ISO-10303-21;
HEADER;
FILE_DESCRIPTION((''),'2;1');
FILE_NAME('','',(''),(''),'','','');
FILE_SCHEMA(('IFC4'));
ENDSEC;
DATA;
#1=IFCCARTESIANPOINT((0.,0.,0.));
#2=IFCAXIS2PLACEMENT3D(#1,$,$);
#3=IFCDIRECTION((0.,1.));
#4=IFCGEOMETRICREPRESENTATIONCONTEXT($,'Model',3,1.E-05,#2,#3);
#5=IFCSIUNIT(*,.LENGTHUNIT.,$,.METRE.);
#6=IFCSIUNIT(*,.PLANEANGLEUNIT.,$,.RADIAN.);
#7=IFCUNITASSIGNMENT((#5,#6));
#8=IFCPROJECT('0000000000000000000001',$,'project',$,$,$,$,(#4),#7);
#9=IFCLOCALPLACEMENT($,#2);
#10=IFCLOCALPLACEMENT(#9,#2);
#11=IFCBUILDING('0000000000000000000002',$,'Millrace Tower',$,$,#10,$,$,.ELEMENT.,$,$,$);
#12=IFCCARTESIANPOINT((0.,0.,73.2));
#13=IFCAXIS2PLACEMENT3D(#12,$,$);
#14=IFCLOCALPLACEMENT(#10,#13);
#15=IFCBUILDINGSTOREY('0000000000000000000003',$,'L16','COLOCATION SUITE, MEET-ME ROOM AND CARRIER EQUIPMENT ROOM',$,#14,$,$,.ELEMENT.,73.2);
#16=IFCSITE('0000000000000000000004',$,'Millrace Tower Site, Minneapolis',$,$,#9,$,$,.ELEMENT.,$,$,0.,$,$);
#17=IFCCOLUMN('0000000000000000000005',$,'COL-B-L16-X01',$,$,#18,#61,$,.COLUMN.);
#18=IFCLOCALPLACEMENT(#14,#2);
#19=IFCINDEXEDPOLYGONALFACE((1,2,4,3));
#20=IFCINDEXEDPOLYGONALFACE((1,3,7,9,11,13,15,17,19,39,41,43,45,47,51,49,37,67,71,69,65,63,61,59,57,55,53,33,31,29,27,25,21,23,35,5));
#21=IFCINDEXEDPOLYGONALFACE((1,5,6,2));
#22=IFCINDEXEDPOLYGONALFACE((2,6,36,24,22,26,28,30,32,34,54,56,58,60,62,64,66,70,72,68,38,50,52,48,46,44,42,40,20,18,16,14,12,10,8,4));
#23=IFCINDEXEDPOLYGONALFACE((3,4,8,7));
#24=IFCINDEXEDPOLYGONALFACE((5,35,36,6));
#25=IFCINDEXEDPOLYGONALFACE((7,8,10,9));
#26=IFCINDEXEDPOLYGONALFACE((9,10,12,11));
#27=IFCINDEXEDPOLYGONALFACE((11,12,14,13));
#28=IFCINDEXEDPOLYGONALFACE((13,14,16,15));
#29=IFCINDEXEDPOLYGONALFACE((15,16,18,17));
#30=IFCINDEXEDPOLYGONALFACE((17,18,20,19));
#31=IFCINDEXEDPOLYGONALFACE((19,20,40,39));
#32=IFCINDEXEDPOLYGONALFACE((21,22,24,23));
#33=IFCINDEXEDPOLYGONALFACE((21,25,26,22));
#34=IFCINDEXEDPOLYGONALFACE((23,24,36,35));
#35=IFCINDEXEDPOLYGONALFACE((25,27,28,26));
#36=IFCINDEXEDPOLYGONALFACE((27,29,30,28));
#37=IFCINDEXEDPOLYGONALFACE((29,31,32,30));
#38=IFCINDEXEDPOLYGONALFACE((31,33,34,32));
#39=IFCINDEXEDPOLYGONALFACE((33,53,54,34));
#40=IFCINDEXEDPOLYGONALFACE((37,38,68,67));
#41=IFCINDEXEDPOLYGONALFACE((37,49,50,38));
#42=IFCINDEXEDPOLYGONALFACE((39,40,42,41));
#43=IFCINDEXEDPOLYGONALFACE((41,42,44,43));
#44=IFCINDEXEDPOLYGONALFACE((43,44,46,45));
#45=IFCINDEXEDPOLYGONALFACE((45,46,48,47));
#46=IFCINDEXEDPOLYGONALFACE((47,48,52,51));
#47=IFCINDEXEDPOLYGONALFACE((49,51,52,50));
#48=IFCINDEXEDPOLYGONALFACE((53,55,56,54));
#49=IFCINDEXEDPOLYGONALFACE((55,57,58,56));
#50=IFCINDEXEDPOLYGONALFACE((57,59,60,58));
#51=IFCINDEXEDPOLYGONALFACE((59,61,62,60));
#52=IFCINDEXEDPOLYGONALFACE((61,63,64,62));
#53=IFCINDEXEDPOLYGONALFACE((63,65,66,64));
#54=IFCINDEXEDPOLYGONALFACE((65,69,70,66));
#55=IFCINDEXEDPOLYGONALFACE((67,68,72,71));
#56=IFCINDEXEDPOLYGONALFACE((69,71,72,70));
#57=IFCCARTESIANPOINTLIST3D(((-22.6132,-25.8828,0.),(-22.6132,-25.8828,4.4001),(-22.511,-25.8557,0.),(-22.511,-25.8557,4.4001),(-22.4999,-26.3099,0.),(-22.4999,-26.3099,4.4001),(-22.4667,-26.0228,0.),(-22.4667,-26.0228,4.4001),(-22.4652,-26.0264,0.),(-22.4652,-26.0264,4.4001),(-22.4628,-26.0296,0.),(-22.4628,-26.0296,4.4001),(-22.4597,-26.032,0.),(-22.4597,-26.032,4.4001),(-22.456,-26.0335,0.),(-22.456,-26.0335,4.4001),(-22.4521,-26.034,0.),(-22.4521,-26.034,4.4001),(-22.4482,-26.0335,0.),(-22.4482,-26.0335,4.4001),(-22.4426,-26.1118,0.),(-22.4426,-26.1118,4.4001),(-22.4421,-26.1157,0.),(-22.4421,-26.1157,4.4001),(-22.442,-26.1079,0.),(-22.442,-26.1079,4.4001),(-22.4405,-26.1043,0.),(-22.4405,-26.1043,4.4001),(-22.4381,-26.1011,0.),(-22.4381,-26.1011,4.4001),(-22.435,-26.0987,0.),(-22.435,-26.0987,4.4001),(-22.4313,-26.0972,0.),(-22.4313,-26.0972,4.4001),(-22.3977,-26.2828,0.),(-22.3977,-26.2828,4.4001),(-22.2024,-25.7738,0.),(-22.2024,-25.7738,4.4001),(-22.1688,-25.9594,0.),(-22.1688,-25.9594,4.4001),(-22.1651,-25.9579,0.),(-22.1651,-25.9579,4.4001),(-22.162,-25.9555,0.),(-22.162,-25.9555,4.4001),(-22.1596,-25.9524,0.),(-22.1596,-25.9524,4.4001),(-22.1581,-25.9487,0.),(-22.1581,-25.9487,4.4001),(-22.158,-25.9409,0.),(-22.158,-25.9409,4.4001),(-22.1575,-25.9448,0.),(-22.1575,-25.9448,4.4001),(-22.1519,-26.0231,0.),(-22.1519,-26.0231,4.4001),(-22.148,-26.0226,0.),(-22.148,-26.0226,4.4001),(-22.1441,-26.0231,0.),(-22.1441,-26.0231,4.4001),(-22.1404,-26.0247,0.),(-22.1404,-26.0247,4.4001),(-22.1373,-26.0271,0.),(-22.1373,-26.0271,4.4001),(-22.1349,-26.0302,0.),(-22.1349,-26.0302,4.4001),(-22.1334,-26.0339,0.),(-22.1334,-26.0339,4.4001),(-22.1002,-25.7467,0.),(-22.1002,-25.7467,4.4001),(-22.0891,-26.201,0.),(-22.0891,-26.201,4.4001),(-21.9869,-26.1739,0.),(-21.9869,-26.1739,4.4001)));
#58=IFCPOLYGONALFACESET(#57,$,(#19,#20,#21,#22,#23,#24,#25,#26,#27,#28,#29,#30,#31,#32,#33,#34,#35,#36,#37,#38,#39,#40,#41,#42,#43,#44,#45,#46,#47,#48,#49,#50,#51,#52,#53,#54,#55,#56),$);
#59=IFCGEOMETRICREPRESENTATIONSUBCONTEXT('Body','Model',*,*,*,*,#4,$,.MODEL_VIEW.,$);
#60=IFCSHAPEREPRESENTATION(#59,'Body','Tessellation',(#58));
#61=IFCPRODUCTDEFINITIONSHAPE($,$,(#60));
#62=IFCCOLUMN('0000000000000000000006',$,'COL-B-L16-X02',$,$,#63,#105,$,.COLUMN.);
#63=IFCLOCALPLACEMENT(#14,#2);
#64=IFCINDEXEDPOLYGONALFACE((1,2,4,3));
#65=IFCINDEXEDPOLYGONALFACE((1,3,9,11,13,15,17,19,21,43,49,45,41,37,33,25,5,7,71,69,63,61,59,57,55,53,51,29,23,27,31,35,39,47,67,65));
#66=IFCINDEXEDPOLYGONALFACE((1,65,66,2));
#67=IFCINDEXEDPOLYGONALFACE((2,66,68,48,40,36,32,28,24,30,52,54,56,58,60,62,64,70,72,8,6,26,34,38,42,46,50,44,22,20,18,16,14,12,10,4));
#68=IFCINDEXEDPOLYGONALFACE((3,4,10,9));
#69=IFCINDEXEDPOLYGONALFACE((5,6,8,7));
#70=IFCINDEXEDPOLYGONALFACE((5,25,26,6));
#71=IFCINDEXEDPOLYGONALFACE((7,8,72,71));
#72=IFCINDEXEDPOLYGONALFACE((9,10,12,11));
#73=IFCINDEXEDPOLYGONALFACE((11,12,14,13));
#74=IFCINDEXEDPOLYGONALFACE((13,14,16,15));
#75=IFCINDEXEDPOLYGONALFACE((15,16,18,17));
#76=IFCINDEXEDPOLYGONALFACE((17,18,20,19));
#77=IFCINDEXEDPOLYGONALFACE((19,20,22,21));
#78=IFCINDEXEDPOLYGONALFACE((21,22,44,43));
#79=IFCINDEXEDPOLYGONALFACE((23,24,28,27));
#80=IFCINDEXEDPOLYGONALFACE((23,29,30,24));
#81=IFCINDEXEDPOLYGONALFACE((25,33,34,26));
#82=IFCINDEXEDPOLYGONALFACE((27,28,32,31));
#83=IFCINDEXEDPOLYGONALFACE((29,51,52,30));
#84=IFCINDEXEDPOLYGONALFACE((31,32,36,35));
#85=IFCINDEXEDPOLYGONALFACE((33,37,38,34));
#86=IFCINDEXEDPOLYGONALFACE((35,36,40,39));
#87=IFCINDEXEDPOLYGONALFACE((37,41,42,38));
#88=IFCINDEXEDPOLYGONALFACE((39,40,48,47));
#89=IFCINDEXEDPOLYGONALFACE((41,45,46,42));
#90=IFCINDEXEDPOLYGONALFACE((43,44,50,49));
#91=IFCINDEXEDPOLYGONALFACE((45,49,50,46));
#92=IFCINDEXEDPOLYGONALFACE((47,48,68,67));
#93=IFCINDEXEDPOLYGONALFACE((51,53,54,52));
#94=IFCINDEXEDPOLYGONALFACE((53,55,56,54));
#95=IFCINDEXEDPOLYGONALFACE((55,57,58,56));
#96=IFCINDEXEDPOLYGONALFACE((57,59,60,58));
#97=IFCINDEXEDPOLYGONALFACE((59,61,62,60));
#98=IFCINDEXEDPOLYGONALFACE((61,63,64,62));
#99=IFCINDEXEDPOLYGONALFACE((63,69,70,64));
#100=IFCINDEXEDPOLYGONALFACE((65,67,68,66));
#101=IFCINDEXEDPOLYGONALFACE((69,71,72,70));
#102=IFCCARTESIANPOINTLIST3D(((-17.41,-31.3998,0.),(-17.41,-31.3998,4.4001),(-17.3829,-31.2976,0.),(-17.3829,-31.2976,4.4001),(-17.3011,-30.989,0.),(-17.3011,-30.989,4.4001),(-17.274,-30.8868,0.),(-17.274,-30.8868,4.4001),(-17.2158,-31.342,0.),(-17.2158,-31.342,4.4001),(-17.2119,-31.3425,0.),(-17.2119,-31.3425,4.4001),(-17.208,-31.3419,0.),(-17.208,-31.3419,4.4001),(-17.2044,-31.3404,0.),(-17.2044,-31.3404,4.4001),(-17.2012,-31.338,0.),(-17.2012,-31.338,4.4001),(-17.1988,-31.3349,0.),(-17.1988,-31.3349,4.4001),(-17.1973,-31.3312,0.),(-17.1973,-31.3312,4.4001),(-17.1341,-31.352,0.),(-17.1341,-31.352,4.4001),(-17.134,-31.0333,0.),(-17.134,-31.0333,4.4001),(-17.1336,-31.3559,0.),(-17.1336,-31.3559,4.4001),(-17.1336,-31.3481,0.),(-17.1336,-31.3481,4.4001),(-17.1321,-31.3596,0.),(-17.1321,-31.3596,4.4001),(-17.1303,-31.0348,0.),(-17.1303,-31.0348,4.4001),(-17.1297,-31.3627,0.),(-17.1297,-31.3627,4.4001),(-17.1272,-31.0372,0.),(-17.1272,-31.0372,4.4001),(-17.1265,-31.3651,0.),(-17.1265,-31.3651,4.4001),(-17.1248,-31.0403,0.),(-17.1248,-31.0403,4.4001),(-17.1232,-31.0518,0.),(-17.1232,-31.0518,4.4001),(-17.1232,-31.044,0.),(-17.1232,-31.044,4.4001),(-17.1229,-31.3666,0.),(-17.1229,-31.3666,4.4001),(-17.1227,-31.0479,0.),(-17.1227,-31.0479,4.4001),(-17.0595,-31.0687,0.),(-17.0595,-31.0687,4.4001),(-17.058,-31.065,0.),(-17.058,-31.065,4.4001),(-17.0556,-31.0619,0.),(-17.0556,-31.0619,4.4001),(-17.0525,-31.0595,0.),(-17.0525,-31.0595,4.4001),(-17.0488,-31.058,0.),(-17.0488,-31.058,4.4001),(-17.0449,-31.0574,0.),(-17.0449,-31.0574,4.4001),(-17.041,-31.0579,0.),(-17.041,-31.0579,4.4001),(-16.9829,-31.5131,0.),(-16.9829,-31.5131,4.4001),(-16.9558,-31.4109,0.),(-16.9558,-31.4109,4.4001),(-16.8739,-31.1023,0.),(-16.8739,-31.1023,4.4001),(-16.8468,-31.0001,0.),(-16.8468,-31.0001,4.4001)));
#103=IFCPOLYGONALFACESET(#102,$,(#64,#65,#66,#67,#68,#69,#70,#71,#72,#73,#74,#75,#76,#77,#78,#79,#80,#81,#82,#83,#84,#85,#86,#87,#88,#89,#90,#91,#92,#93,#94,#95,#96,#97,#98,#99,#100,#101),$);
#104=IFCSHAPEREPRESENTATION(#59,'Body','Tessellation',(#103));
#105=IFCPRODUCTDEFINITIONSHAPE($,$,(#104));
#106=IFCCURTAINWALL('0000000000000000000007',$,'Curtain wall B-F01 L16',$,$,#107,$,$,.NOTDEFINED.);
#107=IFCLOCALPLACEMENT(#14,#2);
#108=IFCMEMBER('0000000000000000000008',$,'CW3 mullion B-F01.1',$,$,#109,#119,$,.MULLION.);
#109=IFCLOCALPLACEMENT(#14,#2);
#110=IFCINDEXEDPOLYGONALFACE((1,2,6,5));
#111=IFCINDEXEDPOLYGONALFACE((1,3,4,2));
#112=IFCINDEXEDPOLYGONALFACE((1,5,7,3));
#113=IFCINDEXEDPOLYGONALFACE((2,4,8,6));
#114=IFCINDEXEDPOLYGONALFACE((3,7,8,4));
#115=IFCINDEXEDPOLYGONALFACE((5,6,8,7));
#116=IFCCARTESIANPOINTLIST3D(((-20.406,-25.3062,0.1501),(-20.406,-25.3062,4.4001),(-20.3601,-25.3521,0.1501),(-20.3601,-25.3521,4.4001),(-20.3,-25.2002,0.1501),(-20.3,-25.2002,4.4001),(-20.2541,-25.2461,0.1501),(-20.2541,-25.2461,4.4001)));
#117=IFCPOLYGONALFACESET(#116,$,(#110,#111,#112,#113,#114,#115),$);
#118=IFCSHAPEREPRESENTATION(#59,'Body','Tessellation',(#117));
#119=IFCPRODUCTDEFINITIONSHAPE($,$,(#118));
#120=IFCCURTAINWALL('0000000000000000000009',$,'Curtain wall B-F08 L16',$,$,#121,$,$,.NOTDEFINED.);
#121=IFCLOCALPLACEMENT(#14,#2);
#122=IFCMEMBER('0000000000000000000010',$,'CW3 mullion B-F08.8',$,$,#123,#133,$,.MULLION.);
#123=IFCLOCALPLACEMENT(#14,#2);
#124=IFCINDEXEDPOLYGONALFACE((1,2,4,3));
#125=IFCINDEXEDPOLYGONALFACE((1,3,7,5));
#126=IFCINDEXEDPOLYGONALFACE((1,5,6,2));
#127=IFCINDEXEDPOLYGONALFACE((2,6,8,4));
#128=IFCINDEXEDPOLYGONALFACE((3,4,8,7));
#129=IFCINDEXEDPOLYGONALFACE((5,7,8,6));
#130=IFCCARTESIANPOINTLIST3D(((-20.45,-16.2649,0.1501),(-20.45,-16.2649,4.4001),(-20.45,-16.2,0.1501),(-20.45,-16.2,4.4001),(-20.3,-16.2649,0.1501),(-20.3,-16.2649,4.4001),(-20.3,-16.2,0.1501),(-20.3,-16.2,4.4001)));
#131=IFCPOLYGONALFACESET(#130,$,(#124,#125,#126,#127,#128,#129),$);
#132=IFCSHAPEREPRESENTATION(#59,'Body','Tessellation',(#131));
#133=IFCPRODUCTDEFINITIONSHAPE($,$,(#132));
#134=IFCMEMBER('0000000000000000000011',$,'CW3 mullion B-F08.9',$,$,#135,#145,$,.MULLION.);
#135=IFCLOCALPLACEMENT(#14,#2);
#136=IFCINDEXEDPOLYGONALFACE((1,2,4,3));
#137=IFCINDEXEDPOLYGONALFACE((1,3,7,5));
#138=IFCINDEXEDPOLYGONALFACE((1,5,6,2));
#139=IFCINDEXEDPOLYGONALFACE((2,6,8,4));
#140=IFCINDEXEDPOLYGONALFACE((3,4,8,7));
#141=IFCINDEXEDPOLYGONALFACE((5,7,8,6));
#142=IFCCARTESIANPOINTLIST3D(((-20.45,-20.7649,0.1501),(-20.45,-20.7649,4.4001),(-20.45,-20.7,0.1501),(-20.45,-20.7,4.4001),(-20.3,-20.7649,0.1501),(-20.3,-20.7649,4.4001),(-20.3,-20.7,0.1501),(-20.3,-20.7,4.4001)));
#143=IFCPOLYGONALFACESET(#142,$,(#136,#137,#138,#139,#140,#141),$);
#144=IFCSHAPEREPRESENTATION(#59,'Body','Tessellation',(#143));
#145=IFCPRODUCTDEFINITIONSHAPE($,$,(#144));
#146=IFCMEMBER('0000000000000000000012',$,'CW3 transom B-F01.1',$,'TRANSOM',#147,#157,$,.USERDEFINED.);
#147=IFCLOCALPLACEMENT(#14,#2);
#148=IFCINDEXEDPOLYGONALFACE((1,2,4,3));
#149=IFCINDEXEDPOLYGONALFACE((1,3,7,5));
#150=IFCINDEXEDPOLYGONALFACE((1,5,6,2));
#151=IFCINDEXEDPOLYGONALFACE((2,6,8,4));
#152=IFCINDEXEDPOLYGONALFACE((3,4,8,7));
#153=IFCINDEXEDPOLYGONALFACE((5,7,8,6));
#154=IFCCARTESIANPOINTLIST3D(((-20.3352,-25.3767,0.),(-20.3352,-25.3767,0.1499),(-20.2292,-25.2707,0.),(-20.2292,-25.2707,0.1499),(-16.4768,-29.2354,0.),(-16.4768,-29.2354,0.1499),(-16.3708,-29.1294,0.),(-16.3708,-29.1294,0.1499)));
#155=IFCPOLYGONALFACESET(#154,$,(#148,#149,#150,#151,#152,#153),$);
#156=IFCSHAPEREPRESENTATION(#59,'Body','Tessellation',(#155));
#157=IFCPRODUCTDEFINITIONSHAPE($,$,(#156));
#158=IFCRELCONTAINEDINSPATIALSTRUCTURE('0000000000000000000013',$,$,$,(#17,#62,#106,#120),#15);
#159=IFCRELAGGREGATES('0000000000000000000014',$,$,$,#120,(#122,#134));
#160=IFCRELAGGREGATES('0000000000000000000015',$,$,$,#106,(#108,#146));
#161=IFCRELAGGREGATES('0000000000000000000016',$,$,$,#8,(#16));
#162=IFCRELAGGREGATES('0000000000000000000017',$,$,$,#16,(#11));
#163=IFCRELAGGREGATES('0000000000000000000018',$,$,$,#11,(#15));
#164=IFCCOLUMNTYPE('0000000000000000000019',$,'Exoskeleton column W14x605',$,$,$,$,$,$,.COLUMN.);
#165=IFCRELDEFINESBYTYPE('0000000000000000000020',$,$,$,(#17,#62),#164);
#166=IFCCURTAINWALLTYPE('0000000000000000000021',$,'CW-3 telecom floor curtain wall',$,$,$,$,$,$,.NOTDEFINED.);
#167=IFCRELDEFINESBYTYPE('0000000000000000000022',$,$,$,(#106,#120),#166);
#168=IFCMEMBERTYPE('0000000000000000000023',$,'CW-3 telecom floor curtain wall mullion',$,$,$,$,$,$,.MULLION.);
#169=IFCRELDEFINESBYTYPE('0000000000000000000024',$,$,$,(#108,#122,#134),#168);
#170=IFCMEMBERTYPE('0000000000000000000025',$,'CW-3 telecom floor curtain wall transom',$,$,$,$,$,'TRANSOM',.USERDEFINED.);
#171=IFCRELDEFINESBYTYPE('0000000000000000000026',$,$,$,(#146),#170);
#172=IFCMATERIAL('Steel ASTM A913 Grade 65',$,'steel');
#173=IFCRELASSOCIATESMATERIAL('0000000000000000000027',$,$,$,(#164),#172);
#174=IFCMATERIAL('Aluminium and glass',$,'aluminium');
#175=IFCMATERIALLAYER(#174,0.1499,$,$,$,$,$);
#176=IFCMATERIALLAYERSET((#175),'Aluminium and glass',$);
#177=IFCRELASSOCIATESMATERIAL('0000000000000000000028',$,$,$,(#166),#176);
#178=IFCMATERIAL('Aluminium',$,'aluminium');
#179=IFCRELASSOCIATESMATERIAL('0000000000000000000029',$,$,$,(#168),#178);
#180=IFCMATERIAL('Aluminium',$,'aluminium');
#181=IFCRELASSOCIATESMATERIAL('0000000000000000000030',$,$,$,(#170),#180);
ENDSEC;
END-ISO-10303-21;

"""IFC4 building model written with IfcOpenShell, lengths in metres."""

from ifc_helpers import new_model, si_unit, direction, frame, origin, origin_2d, place, context, subcontext, project, spatial, rectangle, i_section, extrude, material, layer, layer_set, material_profile, profile_set, type_object, element, aggregate, save


model = new_model("IFC4")

# Units and contexts
model_context = context("Model", 3, precision=1e-05, world=origin(), true_north=direction((0.0, 1.0)))
body_context = subcontext(model_context, "Body", "Model", "MODEL_VIEW")
ifc_project = project(units=[si_unit("LENGTHUNIT", "METRE"), si_unit("PLANEANGLEUNIT", "RADIAN")], contexts=[model_context])

# Site, building, storey
site_placement = place(None, origin())
site = spatial("IfcSite", under=ifc_project, at=site_placement, Name="Millrace Tower Site, Minneapolis", CompositionType="ELEMENT", RefElevation=0.0)
building_placement = place(site_placement, origin())
building = spatial("IfcBuilding", under=site, at=building_placement, Name="Millrace Tower", CompositionType="ELEMENT")
storey_placement = place(building_placement, frame((0.0, 0.0, 73.2)))
storey = spatial("IfcBuildingStorey", under=building, at=storey_placement, Name="L16", Description="COLOCATION SUITE, MEET-ME ROOM AND CARRIER EQUIPMENT ROOM", CompositionType="ELEMENT", Elevation=73.2)

# Columns
ifc_material_1 = material(Name="Steel ASTM A913 Grade 65", Category="steel")
ifc_material_profile_1 = material_profile(ifc_material_1, i_section(OverallWidth=0.4419, OverallDepth=0.5308, WebThickness=0.0659, FlangeThickness=0.1057, FilletRadius=0.0151, at=origin_2d()))
ifc_profile_set_1 = profile_set([ifc_material_profile_1], Name="Steel ASTM A913 Grade 65")
column_type = type_object("IfcColumnType", Name="Exoskeleton column W14x605", PredefinedType="COLUMN", material=ifc_profile_set_1)
for number, where, z_axis, x_axis, name in (
    (1, (-22.3, -26.0283, 0.0), (0.0, 0.0, 1.0), (0.256347, -0.966585, 0.0), "COL-B-L16-X01"),
    (2, (-17.1284, -31.2, 0.0), (0.0, 0.0, 1.0), (0.966585, -0.256347, 0.0), "COL-B-L16-X02"),
):
    element("IfcColumn", number, at=place(storey_placement, frame(where, z_axis=z_axis, x_axis=x_axis)), inside=storey, type_object=column_type, Name=name, PredefinedType="COLUMN", context=body_context, shape_type="SweptSolid", body=[
        extrude(i_section(OverallWidth=0.4419, OverallDepth=0.5308, WebThickness=0.0659, FlangeThickness=0.1057, FilletRadius=0.0151, at=origin_2d()), origin(), (0.0, 0.0, 1.0), 4.4001),
    ])

# Curtain wall, member
ifc_material_2 = material(Name="Aluminium and glass", Category="aluminium")
ifc_layer_1 = layer(ifc_material_2, 0.1499)
ifc_layer_set_1 = layer_set([ifc_layer_1], Name="Aluminium and glass")
curtain_wall_type = type_object("IfcCurtainWallType", Name="CW-3 telecom floor curtain wall", PredefinedType="NOTDEFINED", material=ifc_layer_set_1)
placement = place(storey_placement, origin())
curtain_wall_1 = element("IfcCurtainWall", 3, at=placement, inside=storey, type_object=curtain_wall_type, Name="Curtain wall B-F01 L16", PredefinedType="NOTDEFINED")
ifc_material_3 = material(Name="Aluminium", Category="aluminium")
ifc_material_profile_2 = material_profile(ifc_material_3, rectangle(XDim=0.0649, YDim=0.1499, at=origin_2d()))
ifc_profile_set_2 = profile_set([ifc_material_profile_2], Name="Aluminium")
member_type_1 = type_object("IfcMemberType", Name="CW-3 telecom floor curtain wall mullion", PredefinedType="MULLION", material=ifc_profile_set_2)
member_1_placement = place(storey_placement, frame((-20.3301, -25.2761, 0.1501), z_axis=(0.0, 0.0, 1.0), x_axis=(0.707107, -0.707107, 0.0)))
member_1 = element("IfcMember", 4, at=member_1_placement, type_object=member_type_1, Name="CW3 mullion B-F01.1", PredefinedType="MULLION", context=body_context, shape_type="SweptSolid", body=[
    extrude(rectangle(XDim=0.0649, YDim=0.1499, at=origin_2d()), origin(), (0.0, 0.0, 1.0), 4.25),
])

# Curtain wall, members
curtain_wall_2 = element("IfcCurtainWall", 5, at=placement, inside=storey, type_object=curtain_wall_type, Name="Curtain wall B-F08 L16", PredefinedType="NOTDEFINED")
member_2_placement = place(storey_placement, frame((-20.375, -16.2324, 0.1501), z_axis=(0.0, 0.0, 1.0), x_axis=(0.0, -1.0, 0.0)))
member_2 = element("IfcMember", 6, at=member_2_placement, type_object=member_type_1, Name="CW3 mullion B-F08.8", PredefinedType="MULLION", context=body_context, shape_type="SweptSolid", body=[
    extrude(rectangle(XDim=0.0649, YDim=0.1499, at=origin_2d()), origin(), (0.0, 0.0, 1.0), 4.25),
])
member_3_placement = place(storey_placement, frame((-20.375, -20.7324, 0.1501), z_axis=(0.0, 0.0, 1.0), x_axis=(0.0, -1.0, 0.0)))
member_3 = element("IfcMember", 7, at=member_3_placement, type_object=member_type_1, Name="CW3 mullion B-F08.9", PredefinedType="MULLION", context=body_context, shape_type="SweptSolid", body=[
    extrude(rectangle(XDim=0.0649, YDim=0.1499, at=origin_2d()), origin(), (0.0, 0.0, 1.0), 4.25),
])
aggregate(curtain_wall_2, [member_2, member_3])

# Member
ifc_material_4 = material(Name="Aluminium", Category="aluminium")
ifc_material_profile_3 = material_profile(ifc_material_4, rectangle(XDim=0.1499, YDim=0.1499, at=origin_2d()))
ifc_profile_set_3 = profile_set([ifc_material_profile_3], Name="Aluminium")
member_type_2 = type_object("IfcMemberType", Name="CW-3 telecom floor curtain wall transom", ElementType="TRANSOM", PredefinedType="USERDEFINED", material=ifc_profile_set_3)
member_4_placement = place(storey_placement, frame((-20.2822, -25.3237, 0.075), z_axis=(0.707084, -0.707129, 0.0), x_axis=(0.707129, 0.707084, 0.0)))
member_4 = element("IfcMember", 8, at=member_4_placement, type_object=member_type_2, Name="CW3 transom B-F01.1", ObjectType="TRANSOM", PredefinedType="USERDEFINED", context=body_context, shape_type="SweptSolid", body=[
    extrude(rectangle(XDim=0.1499, YDim=0.1499, at=origin_2d()), origin(), (0.0, 0.0, 1.0), 5.4568),
])
aggregate(curtain_wall_1, [member_1, member_4])

save(model, "model.ifc")
